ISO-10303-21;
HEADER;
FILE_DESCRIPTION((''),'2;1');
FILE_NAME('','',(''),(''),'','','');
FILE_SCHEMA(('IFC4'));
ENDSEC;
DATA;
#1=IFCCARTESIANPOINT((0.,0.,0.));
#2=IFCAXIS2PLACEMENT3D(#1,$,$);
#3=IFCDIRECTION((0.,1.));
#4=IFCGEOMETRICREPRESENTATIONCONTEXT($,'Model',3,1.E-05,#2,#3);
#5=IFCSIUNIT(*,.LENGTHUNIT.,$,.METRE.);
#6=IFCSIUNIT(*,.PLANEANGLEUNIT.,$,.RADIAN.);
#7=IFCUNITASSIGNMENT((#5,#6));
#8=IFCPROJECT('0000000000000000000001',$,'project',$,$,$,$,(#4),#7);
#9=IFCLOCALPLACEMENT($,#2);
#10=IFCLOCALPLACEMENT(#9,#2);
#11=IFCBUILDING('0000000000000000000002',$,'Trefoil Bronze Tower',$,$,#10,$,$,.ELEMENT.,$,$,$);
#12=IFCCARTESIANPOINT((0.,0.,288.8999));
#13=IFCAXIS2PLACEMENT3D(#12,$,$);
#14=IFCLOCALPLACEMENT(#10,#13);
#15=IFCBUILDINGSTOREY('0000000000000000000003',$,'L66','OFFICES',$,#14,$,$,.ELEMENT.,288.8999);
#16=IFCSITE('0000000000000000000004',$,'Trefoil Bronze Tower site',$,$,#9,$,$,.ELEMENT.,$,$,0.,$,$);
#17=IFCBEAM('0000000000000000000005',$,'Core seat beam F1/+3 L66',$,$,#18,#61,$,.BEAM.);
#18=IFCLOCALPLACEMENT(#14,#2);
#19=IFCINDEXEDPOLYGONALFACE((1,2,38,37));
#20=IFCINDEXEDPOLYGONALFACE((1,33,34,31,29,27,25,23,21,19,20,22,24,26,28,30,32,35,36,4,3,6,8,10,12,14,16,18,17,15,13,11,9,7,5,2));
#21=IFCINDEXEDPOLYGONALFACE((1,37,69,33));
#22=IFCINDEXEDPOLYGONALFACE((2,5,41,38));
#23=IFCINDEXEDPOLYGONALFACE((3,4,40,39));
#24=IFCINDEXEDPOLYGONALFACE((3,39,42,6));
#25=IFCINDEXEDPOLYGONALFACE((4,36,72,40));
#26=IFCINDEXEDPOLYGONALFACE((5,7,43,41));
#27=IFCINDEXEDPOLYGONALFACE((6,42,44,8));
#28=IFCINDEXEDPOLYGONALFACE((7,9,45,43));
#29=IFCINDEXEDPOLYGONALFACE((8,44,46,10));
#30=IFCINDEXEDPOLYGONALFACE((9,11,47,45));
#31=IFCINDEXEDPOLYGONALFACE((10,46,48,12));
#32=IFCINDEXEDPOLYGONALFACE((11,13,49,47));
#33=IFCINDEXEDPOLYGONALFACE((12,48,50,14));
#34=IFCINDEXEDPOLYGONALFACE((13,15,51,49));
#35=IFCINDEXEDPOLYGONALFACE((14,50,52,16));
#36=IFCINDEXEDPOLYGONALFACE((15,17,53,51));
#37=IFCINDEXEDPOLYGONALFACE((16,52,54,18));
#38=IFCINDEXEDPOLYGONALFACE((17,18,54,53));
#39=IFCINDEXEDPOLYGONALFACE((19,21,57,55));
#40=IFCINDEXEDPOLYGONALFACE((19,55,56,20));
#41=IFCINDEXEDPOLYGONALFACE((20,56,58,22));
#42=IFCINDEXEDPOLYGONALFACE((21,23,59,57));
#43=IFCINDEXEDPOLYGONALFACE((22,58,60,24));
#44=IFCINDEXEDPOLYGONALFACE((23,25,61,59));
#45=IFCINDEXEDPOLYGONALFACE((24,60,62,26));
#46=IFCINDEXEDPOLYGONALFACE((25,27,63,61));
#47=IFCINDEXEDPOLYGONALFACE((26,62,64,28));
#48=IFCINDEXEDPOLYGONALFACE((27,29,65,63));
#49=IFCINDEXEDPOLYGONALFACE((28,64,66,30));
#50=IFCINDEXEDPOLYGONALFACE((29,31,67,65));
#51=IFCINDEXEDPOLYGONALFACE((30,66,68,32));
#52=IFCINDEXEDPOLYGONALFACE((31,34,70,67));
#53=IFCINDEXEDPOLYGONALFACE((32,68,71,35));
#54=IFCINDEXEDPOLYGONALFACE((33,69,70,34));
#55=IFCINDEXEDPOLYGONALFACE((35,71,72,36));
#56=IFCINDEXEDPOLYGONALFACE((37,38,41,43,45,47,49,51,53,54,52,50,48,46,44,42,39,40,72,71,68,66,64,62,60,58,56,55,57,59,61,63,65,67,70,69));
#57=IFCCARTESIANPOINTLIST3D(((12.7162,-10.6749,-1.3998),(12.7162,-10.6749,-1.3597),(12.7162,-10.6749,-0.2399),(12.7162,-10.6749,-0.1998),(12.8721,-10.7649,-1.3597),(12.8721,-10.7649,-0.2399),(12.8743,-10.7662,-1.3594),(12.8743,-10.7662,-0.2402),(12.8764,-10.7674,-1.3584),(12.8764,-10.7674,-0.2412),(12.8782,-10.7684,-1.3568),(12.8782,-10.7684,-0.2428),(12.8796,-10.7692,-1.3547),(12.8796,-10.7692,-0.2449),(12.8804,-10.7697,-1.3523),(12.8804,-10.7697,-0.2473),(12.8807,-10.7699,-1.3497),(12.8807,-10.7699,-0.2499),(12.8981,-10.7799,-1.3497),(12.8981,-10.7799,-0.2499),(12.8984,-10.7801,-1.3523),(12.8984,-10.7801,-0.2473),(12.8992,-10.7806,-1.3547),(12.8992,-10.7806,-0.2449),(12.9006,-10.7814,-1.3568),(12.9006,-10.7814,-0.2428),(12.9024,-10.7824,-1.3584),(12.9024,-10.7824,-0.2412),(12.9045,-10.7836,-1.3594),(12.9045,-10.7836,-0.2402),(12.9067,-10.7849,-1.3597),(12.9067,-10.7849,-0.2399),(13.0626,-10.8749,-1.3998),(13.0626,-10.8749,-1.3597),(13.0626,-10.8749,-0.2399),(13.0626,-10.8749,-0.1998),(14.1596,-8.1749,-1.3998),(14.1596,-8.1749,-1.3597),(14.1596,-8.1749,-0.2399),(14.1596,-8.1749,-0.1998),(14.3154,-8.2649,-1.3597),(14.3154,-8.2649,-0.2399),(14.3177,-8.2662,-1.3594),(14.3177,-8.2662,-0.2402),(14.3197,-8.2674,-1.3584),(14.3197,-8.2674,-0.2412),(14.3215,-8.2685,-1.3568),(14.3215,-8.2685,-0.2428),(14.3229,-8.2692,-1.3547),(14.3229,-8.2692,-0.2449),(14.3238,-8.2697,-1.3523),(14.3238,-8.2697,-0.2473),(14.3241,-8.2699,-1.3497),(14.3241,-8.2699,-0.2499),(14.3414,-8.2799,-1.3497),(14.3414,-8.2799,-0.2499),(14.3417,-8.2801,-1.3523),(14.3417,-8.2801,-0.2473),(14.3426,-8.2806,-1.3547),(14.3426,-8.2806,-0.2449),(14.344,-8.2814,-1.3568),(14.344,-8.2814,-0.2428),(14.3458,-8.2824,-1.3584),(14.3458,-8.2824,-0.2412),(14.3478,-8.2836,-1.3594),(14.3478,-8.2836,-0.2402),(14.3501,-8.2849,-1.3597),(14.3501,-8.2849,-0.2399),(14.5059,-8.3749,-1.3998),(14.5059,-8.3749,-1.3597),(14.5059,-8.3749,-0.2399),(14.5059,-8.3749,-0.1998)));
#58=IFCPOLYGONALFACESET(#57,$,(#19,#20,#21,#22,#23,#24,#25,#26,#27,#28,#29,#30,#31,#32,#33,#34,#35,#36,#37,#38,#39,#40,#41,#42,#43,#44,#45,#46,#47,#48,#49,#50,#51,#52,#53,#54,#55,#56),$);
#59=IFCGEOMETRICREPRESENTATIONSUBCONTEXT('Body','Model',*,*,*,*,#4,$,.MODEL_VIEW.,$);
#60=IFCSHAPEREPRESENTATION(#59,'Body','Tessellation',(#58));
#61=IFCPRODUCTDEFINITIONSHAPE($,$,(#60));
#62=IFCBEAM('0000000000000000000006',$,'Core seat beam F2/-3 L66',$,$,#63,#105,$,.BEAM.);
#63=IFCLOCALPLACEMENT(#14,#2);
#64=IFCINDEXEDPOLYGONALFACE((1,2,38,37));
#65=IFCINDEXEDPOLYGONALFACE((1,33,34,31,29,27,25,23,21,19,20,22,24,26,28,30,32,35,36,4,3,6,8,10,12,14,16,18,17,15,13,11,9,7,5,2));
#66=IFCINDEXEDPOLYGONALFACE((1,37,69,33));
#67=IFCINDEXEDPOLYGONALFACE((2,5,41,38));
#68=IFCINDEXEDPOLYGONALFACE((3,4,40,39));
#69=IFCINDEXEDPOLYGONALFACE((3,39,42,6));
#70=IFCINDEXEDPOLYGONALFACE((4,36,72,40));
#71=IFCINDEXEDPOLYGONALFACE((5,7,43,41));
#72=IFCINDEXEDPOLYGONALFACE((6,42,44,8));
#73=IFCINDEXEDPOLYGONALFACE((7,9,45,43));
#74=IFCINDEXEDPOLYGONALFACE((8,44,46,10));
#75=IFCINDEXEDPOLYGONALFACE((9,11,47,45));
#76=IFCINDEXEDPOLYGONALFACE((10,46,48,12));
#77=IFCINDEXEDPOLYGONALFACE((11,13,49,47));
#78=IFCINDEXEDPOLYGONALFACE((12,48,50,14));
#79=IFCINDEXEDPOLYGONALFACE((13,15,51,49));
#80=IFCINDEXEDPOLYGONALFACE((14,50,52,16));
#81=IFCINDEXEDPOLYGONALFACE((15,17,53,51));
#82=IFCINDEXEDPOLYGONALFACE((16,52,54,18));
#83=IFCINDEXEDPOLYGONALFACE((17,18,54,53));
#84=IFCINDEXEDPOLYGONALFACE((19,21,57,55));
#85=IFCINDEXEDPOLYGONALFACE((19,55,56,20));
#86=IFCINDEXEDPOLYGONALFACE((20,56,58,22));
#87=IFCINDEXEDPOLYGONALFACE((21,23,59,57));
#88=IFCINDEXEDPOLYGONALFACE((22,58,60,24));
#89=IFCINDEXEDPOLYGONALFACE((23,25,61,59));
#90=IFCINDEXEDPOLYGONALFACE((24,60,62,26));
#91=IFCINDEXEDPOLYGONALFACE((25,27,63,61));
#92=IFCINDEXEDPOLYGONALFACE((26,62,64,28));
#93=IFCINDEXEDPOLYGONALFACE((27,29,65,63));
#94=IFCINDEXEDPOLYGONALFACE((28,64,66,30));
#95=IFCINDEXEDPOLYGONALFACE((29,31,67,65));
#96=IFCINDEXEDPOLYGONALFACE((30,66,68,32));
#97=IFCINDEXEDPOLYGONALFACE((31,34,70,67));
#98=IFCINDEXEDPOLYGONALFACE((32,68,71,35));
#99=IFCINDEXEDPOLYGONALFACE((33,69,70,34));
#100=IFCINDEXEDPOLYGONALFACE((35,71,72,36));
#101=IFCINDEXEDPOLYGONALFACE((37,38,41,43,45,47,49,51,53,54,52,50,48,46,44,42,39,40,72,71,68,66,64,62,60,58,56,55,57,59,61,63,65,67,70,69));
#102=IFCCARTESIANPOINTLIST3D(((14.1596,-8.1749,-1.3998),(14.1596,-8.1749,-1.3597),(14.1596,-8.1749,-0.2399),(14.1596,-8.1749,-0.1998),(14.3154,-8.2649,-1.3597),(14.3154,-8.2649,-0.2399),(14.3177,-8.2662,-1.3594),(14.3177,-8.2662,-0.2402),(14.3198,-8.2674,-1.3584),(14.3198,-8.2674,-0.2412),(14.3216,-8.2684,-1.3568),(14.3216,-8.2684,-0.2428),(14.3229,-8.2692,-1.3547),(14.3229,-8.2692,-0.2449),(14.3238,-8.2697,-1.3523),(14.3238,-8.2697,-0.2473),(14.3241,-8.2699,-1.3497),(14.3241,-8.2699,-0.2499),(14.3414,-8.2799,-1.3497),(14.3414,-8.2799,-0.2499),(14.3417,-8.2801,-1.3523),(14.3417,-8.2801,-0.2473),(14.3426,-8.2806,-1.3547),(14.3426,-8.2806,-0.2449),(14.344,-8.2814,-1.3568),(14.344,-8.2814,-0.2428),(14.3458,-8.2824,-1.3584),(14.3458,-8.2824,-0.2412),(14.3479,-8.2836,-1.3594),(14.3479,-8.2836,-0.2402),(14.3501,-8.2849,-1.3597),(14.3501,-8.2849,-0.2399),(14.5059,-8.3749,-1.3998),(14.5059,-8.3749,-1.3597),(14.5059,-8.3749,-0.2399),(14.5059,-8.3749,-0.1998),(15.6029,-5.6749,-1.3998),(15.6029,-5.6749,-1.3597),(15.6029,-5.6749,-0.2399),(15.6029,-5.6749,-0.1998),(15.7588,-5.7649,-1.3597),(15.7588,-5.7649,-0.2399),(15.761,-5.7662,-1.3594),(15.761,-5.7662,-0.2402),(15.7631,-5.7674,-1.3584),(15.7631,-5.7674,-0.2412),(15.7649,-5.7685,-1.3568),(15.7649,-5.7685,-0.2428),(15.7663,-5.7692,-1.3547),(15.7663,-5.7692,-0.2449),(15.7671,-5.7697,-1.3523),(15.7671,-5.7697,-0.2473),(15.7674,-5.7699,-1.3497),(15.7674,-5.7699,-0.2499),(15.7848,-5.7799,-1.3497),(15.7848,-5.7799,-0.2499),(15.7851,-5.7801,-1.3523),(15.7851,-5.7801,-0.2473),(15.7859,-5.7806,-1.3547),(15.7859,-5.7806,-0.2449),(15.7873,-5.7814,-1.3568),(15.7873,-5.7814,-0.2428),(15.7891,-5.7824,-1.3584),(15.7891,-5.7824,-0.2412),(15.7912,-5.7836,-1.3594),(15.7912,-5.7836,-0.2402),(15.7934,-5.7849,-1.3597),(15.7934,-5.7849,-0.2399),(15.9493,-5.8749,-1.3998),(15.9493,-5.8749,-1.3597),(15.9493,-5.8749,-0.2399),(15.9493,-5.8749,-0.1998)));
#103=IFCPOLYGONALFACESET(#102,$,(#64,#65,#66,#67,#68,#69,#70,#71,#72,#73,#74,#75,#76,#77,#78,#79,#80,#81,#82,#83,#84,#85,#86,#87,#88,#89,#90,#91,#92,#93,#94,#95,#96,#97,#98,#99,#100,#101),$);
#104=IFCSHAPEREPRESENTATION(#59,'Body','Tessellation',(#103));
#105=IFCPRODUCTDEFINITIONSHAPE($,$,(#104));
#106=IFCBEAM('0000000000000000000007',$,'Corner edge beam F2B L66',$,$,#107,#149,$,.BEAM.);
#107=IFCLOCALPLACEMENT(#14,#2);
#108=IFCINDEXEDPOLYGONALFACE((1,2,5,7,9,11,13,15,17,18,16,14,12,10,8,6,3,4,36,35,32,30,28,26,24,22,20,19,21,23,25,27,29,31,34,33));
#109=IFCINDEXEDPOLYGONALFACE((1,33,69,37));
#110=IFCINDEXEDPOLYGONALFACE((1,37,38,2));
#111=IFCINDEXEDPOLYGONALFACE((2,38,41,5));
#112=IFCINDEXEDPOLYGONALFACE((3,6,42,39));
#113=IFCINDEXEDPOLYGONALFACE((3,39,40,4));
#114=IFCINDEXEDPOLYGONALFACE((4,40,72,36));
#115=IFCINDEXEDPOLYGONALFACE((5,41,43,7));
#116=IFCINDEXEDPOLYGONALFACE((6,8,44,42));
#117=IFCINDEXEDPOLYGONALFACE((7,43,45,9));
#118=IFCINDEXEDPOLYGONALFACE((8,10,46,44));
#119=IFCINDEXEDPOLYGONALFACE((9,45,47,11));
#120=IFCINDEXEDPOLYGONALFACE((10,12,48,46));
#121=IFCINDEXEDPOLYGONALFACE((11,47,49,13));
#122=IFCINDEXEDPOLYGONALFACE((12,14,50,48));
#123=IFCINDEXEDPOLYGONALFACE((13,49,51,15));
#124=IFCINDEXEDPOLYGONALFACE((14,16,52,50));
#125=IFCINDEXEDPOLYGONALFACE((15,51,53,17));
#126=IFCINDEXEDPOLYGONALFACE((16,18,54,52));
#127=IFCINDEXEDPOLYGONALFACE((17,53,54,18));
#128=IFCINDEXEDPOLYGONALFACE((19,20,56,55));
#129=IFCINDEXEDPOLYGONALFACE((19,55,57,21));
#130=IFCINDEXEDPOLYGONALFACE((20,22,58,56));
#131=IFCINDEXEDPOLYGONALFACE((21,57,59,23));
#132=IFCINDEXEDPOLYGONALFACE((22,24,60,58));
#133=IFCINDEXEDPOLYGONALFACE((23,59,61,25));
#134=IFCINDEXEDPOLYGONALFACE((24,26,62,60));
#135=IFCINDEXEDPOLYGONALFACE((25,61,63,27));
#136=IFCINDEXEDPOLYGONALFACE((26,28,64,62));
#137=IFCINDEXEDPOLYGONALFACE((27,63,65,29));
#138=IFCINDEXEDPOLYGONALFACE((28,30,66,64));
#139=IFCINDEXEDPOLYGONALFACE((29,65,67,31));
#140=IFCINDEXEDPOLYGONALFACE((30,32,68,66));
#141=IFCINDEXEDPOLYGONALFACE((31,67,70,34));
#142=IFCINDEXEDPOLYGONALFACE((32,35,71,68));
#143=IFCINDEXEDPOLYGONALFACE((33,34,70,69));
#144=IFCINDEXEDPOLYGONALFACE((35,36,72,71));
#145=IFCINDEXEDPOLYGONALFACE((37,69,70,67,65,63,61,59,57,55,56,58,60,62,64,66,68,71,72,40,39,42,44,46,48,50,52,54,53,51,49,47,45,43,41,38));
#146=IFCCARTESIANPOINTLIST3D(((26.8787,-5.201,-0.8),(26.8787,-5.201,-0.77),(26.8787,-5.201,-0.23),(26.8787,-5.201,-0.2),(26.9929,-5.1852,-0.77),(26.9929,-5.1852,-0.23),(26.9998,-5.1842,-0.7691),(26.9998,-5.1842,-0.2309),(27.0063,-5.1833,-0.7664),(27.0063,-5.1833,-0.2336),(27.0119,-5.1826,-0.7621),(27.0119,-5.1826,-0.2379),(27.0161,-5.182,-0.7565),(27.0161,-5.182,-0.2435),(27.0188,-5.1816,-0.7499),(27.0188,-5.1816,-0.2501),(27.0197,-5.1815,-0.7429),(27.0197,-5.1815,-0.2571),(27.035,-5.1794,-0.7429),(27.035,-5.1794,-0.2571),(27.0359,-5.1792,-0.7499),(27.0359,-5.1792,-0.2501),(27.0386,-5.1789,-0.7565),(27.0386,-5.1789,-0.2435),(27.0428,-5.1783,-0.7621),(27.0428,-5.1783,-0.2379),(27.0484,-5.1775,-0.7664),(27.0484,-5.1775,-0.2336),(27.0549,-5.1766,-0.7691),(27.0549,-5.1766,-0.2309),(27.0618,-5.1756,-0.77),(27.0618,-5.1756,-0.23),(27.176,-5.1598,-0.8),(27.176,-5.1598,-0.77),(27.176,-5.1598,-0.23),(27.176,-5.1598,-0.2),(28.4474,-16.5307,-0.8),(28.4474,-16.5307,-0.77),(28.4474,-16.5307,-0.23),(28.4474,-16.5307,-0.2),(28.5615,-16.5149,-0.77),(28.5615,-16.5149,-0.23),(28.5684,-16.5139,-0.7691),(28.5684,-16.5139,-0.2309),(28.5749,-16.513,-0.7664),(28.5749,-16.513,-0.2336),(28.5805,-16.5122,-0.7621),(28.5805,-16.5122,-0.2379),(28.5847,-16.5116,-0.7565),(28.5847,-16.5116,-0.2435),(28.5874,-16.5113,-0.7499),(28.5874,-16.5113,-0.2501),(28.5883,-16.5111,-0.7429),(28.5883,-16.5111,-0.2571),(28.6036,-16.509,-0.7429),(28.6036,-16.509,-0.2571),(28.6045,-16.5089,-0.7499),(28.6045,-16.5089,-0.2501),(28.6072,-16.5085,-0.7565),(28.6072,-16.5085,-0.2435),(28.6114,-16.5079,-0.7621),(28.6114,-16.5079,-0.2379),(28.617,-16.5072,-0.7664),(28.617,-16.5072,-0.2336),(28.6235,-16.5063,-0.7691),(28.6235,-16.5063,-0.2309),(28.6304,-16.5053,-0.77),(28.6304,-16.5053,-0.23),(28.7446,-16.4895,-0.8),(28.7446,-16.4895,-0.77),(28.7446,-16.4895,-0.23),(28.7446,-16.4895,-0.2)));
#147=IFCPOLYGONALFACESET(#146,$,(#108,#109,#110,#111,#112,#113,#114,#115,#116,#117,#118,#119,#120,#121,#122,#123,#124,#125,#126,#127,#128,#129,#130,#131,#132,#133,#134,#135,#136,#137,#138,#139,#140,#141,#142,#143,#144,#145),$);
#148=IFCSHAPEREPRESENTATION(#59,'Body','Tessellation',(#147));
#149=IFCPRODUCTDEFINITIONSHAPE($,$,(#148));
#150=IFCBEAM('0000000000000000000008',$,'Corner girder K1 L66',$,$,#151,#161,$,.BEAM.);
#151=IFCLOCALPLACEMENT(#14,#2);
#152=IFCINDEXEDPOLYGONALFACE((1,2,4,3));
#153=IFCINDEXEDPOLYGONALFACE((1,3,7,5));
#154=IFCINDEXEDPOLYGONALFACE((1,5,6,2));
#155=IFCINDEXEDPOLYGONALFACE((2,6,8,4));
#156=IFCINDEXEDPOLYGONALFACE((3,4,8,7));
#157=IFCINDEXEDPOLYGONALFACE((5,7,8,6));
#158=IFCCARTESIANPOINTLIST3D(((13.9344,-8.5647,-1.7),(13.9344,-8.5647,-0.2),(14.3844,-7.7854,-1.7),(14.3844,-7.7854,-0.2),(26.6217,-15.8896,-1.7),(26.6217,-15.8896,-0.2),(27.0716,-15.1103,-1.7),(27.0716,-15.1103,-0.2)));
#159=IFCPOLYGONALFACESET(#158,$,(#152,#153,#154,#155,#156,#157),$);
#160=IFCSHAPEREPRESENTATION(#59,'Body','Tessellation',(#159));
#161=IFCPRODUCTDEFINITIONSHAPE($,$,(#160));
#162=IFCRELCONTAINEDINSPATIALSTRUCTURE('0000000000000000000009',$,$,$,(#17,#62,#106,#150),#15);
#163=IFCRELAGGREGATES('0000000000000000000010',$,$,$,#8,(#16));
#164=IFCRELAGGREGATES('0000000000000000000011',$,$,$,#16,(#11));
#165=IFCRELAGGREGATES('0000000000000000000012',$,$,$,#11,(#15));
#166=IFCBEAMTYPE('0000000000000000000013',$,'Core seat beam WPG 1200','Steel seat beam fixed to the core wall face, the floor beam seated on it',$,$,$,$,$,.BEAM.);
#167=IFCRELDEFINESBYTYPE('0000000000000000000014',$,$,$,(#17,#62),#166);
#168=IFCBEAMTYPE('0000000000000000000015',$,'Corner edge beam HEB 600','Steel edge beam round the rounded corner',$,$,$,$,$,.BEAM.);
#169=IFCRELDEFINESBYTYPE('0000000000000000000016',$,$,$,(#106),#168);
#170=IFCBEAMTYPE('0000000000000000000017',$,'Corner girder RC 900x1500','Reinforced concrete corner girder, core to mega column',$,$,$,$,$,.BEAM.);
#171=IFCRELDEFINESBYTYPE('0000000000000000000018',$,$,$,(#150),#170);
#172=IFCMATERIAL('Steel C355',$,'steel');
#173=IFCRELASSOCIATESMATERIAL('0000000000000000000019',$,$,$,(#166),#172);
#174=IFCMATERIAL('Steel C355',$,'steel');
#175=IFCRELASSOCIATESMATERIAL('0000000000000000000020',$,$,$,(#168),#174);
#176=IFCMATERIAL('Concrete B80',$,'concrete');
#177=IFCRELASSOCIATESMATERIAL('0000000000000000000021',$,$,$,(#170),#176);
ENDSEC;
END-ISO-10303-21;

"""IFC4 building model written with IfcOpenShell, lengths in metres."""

from ifc_helpers import new_model, si_unit, direction, frame, origin, origin_2d, place, context, subcontext, project, spatial, rectangle, i_section, extrude, material, material_profile, profile_set, type_object, element, save


model = new_model("IFC4")

# Units and contexts
model_context = context("Model", 3, precision=1e-05, world=origin(), true_north=direction((0.0, 1.0)))
body_context = subcontext(model_context, "Body", "Model", "MODEL_VIEW")
ifc_project = project(units=[si_unit("LENGTHUNIT", "METRE"), si_unit("PLANEANGLEUNIT", "RADIAN")], contexts=[model_context])

# Site, building, storey
site_placement = place(None, origin())
site = spatial("IfcSite", under=ifc_project, at=site_placement, Name="Trefoil Bronze Tower site", CompositionType="ELEMENT", RefElevation=0.0)
building_placement = place(site_placement, origin())
building = spatial("IfcBuilding", under=site, at=building_placement, Name="Trefoil Bronze Tower", CompositionType="ELEMENT")
storey_placement = place(building_placement, frame((0.0, 0.0, 288.8999)))
storey = spatial("IfcBuildingStorey", under=building, at=storey_placement, Name="L66", Description="OFFICES", CompositionType="ELEMENT", Elevation=288.8999)

# Beams
ifc_material_1 = material(Name="Steel C355", Category="steel")
ifc_material_profile_1 = material_profile(ifc_material_1, i_section(OverallWidth=0.3999, OverallDepth=1.2, WebThickness=0.02, FlangeThickness=0.04, FilletRadius=0.01, at=origin_2d()), Name="WPG 1200")
ifc_profile_set_1 = profile_set([ifc_material_profile_1], Name="Steel C355")
beam_type_1 = type_object("IfcBeamType", Name="Core seat beam WPG 1200", Description="Steel seat beam fixed to the core wall face, the floor beam seated on it", PredefinedType="BEAM", material=ifc_profile_set_1)
for number, where, z_axis, x_axis, name in (
    (1, (12.8894, -10.7749, -0.7998), (0.499996, 0.866028, 0.0), (-0.866028, 0.499996, 0.0), "Core seat beam F1/+3 L66"),
    (2, (14.3328, -8.2749, -0.7998), (0.499996, 0.866028, 0.0), (-0.866028, 0.499996, 0.0), "Core seat beam F2/-3 L66"),
):
    element("IfcBeam", number, at=place(storey_placement, frame(where, z_axis=z_axis, x_axis=x_axis)), inside=storey, type_object=beam_type_1, Name=name, PredefinedType="BEAM", context=body_context, shape_type="SweptSolid", body=[
        extrude(i_section(OverallWidth=0.3999, OverallDepth=1.2, WebThickness=0.02, FlangeThickness=0.04, FilletRadius=0.01, at=origin_2d()), origin(), (0.0, 0.0, 1.0), 2.8867),
    ])
ifc_material_2 = material(Name="Steel C355", Category="steel")
ifc_material_profile_2 = material_profile(ifc_material_2, i_section(OverallWidth=0.3, OverallDepth=0.6001, WebThickness=0.0154, FlangeThickness=0.03, FilletRadius=0.0271, at=origin_2d()), Name="HEB 600")
ifc_profile_set_2 = profile_set([ifc_material_profile_2], Name="Steel C355")
beam_type_2 = type_object("IfcBeamType", Name="Corner edge beam HEB 600", Description="Steel edge beam round the rounded corner", PredefinedType="BEAM", material=ifc_profile_set_2)
beam_1_placement = place(storey_placement, frame((27.0273, -5.1804, -0.5), z_axis=(0.137144, -0.990551, 0.0), x_axis=(0.990551, 0.137144, 0.0)))
element("IfcBeam", 3, at=beam_1_placement, inside=storey, type_object=beam_type_2, Name="Corner edge beam F2B L66", PredefinedType="BEAM", context=body_context, shape_type="SweptSolid", body=[
    extrude(i_section(OverallWidth=0.3, OverallDepth=0.6001, WebThickness=0.0154, FlangeThickness=0.03, FilletRadius=0.0271, at=origin_2d()), origin(), (0.0, 0.0, 1.0), 11.4377),
])
ifc_material_3 = material(Name="Concrete B80", Category="concrete")
ifc_material_profile_3 = material_profile(ifc_material_3, rectangle(XDim=0.8999, YDim=1.5, at=origin_2d()), Name="RC 900x1500")
ifc_profile_set_3 = profile_set([ifc_material_profile_3], Name="Concrete B80")
beam_type_3 = type_object("IfcBeamType", Name="Corner girder RC 900x1500", Description="Reinforced concrete corner girder, core to mega column", PredefinedType="BEAM", material=ifc_profile_set_3)
beam_2_placement = place(storey_placement, frame((14.1594, -8.175, -0.95), z_axis=(0.866027, -0.499998, 0.0), x_axis=(0.499998, 0.866027, 0.0)))
element("IfcBeam", 4, at=beam_2_placement, inside=storey, type_object=beam_type_3, Name="Corner girder K1 L66", PredefinedType="BEAM", context=body_context, shape_type="SweptSolid", body=[
    extrude(rectangle(XDim=0.8999, YDim=1.5, at=origin_2d()), origin(), (0.0, 0.0, 1.0), 14.6499),
])

save(model, "model.ifc")
